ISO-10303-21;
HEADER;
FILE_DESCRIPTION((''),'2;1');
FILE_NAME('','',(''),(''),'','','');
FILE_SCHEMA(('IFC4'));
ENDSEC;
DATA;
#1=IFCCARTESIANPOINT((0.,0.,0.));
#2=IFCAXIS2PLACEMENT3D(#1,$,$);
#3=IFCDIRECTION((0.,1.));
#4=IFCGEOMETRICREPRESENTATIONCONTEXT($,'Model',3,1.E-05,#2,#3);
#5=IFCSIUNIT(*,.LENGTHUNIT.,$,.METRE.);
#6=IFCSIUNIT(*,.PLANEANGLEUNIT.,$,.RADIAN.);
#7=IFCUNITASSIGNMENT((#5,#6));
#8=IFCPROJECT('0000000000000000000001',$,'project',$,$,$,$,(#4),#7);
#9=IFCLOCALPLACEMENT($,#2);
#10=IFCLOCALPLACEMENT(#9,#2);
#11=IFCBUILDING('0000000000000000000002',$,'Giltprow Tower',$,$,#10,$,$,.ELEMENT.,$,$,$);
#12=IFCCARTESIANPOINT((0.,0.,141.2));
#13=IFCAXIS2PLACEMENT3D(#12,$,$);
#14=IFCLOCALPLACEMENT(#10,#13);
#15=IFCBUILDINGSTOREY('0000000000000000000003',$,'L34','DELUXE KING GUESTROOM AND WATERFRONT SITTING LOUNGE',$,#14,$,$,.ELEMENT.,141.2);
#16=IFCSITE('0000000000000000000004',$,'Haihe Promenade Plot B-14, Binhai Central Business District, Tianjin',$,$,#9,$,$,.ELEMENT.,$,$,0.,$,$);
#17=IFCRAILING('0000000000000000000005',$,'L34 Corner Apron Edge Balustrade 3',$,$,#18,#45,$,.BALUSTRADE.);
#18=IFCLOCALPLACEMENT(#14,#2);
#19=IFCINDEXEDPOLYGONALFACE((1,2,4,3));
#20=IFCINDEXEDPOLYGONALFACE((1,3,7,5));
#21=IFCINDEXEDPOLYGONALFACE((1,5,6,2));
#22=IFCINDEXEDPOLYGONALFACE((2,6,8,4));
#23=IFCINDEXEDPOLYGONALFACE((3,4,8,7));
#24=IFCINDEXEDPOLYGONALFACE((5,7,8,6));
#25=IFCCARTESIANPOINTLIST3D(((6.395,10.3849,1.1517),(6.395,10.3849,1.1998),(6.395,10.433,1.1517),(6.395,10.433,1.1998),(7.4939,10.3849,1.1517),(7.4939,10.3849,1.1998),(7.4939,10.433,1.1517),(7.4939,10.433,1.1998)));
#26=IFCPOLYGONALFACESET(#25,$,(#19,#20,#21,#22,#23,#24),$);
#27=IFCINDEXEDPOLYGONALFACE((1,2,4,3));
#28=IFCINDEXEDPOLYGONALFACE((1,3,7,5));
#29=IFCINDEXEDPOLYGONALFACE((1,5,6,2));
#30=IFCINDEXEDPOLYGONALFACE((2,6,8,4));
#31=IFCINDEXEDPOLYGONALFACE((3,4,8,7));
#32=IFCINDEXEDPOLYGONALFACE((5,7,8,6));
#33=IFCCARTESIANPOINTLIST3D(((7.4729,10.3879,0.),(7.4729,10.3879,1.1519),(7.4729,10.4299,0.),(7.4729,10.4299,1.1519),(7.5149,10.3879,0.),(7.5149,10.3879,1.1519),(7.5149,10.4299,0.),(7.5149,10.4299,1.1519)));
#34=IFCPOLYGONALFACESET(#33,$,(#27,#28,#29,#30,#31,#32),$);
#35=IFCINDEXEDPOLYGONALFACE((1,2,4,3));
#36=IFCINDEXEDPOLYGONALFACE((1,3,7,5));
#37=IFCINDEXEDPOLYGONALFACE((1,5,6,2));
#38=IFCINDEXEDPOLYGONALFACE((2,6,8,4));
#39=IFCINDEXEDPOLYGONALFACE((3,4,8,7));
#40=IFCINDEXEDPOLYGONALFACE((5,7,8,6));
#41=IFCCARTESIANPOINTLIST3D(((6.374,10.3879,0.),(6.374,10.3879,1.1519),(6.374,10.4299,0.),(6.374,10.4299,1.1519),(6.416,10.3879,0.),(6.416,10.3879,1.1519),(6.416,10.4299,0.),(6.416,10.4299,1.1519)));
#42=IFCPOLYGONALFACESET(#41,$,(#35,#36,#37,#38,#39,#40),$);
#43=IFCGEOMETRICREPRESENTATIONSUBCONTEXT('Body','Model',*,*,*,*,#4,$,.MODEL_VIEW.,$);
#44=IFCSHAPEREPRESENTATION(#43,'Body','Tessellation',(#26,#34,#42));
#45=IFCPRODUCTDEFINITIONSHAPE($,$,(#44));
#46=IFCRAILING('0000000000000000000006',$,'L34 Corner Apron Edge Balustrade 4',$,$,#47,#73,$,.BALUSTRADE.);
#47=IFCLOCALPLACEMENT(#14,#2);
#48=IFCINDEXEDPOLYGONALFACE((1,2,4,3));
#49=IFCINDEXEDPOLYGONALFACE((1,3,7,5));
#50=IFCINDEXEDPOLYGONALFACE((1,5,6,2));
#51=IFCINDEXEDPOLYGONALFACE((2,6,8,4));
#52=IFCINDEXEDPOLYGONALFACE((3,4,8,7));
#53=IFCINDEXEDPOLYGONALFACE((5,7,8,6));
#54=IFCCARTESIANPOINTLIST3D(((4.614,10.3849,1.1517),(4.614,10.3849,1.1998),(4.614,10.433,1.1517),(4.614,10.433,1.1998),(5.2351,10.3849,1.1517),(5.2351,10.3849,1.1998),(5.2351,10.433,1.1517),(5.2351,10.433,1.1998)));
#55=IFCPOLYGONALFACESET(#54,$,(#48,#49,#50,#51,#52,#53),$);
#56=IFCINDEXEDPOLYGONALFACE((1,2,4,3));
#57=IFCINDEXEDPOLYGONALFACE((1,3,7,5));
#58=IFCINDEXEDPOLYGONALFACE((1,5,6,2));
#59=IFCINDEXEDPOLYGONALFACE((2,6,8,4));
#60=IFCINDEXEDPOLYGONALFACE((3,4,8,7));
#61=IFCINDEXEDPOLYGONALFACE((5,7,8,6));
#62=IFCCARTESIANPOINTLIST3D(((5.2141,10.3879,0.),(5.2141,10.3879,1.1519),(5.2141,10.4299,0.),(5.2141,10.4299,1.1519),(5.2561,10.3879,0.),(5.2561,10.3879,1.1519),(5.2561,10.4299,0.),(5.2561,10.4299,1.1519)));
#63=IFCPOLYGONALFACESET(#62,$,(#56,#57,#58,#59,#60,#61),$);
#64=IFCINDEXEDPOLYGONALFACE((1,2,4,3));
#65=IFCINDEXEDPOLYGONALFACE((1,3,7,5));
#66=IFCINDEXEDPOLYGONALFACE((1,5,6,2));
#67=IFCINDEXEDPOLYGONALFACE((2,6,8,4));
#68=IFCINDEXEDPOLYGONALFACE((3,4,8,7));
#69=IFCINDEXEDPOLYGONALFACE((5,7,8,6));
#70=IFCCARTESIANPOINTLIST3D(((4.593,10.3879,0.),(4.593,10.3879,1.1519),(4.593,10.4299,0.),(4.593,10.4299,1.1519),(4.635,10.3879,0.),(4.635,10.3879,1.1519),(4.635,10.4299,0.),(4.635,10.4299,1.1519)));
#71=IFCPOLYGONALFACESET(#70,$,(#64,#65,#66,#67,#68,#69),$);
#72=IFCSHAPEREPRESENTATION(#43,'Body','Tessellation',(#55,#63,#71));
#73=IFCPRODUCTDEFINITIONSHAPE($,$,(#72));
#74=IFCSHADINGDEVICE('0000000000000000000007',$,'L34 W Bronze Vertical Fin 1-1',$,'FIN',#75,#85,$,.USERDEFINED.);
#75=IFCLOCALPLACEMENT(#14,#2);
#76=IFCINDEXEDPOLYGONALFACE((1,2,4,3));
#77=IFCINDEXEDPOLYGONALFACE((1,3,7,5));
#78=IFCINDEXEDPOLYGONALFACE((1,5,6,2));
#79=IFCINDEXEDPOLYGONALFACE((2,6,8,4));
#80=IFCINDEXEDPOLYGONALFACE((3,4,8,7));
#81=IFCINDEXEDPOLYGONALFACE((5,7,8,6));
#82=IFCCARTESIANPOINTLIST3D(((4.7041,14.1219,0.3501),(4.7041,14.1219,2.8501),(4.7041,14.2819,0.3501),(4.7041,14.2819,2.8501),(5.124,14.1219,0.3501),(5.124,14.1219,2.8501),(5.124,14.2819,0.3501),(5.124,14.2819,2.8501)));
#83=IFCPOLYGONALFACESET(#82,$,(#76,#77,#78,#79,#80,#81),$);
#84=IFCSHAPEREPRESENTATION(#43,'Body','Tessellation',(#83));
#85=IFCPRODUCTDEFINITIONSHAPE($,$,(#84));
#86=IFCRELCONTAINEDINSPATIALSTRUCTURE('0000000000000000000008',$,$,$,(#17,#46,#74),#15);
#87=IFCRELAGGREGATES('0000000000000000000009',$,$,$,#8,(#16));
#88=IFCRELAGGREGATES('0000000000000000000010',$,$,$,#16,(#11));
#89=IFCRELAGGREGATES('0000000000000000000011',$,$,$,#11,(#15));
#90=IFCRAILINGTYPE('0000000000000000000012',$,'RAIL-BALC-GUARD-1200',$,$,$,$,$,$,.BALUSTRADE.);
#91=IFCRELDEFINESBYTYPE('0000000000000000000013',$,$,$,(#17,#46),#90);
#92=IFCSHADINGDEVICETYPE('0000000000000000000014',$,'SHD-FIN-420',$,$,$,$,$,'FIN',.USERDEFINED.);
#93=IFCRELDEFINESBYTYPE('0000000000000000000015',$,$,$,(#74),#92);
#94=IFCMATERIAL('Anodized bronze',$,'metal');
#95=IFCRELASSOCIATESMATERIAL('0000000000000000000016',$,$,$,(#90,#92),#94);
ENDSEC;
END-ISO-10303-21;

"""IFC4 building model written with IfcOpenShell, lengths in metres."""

from ifc_helpers import new_model, si_unit, direction, frame, origin, origin_2d, place, context, subcontext, project, spatial, rectangle, extrude, source, transform, mapped, material, type_object, element, save


model = new_model("IFC4")

# Units and contexts
model_context = context("Model", 3, precision=1e-05, world=origin(), true_north=direction((0.0, 1.0)))
body_context = subcontext(model_context, "Body", "Model", "MODEL_VIEW")
ifc_project = project(units=[si_unit("LENGTHUNIT", "METRE"), si_unit("PLANEANGLEUNIT", "RADIAN")], contexts=[model_context])

# Site, building, storey
site_placement = place(None, origin())
site = spatial("IfcSite", under=ifc_project, at=site_placement, Name="Haihe Promenade Plot B-14, Binhai Central Business District, Tianjin", CompositionType="ELEMENT", RefElevation=0.0)
building_placement = place(site_placement, origin())
building = spatial("IfcBuilding", under=site, at=building_placement, Name="Giltprow Tower", CompositionType="ELEMENT")
storey_placement = place(building_placement, frame((0.0, 0.0, 141.2)))
storey = spatial("IfcBuildingStorey", under=building, at=storey_placement, Name="L34", Description="DELUXE KING GUESTROOM AND WATERFRONT SITTING LOUNGE", CompositionType="ELEMENT", Elevation=141.2)

# Shared definitions
ifc_material_1 = material(Name="Anodized bronze", Category="metal")

# Railings
railing_type = type_object("IfcRailingType", Name="RAIL-BALC-GUARD-1200", PredefinedType="BALUSTRADE", material=ifc_material_1)
railing_1_placement = place(storey_placement, frame((7.4939, 10.4089, 0.0)))
element("IfcRailing", 1, at=railing_1_placement, inside=storey, type_object=railing_type, Name="L34 Corner Apron Edge Balustrade 3", PredefinedType="BALUSTRADE", context=body_context, shape_type="SweptSolid", body=[
    extrude(rectangle(XDim=0.0481, YDim=0.0481, at=origin_2d()), frame((0.0, 0.0, 1.1758), z_axis=(-1.0, 0.0, 0.0), x_axis=(0.0, -1.0, 0.0)), (0.0, 0.0, 1.0), 1.0989),
    extrude(rectangle(XDim=0.042, YDim=0.042, at=origin_2d()), origin(), (0.0, 0.0, 1.0), 1.1519),
    extrude(rectangle(XDim=0.042, YDim=0.042, at=origin_2d()), frame((-1.0989, 0.0, 0.0)), (0.0, 0.0, 1.0), 1.1519),
])
railing_2_placement = place(storey_placement, frame((5.2351, 10.4089, 0.0)))
element("IfcRailing", 2, at=railing_2_placement, inside=storey, type_object=railing_type, Name="L34 Corner Apron Edge Balustrade 4", PredefinedType="BALUSTRADE", context=body_context, shape_type="SweptSolid", body=[
    extrude(rectangle(XDim=0.0481, YDim=0.0481, at=origin_2d()), frame((0.0, 0.0, 1.1758), z_axis=(-1.0, 0.0, 0.0), x_axis=(0.0, -1.0, 0.0)), (0.0, 0.0, 1.0), 0.6211),
    extrude(rectangle(XDim=0.042, YDim=0.042, at=origin_2d()), origin(), (0.0, 0.0, 1.0), 1.1519),
    extrude(rectangle(XDim=0.042, YDim=0.042, at=origin_2d()), frame((-0.6211, 0.0, 0.0)), (0.0, 0.0, 1.0), 1.1519),
])

# Shading device
shading_device_type = type_object("IfcShadingDeviceType", Name="SHD-FIN-420", ElementType="FIN", PredefinedType="USERDEFINED", material=ifc_material_1)
shared_shape_1 = source(origin(), body_context, "Body", "SweptSolid", [
    extrude(rectangle(XDim=0.4199, YDim=0.1599, at=origin_2d()), origin(), (0.0, 0.0, 1.0), 2.5),
])
shading_device_placement = place(storey_placement, frame((4.9141, 14.2019, 0.3501), z_axis=(0.0, 0.0, 1.0), x_axis=(1.0, 0.0, 0.0)))
element("IfcShadingDevice", 3, at=shading_device_placement, inside=storey, type_object=shading_device_type, Name="L34 W Bronze Vertical Fin 1-1", ObjectType="FIN", PredefinedType="USERDEFINED", context=body_context, shape_type="MappedRepresentation", body=[
    mapped(shared_shape_1, transform((0.0, 0.0, 0.0), x_axis=(1.0, 0.0, 0.0), y_axis=(0.0, 1.0, 0.0), z_axis=(0.0, 0.0, 1.0), scale=1.0)),
])

save(model, "model.ifc")
